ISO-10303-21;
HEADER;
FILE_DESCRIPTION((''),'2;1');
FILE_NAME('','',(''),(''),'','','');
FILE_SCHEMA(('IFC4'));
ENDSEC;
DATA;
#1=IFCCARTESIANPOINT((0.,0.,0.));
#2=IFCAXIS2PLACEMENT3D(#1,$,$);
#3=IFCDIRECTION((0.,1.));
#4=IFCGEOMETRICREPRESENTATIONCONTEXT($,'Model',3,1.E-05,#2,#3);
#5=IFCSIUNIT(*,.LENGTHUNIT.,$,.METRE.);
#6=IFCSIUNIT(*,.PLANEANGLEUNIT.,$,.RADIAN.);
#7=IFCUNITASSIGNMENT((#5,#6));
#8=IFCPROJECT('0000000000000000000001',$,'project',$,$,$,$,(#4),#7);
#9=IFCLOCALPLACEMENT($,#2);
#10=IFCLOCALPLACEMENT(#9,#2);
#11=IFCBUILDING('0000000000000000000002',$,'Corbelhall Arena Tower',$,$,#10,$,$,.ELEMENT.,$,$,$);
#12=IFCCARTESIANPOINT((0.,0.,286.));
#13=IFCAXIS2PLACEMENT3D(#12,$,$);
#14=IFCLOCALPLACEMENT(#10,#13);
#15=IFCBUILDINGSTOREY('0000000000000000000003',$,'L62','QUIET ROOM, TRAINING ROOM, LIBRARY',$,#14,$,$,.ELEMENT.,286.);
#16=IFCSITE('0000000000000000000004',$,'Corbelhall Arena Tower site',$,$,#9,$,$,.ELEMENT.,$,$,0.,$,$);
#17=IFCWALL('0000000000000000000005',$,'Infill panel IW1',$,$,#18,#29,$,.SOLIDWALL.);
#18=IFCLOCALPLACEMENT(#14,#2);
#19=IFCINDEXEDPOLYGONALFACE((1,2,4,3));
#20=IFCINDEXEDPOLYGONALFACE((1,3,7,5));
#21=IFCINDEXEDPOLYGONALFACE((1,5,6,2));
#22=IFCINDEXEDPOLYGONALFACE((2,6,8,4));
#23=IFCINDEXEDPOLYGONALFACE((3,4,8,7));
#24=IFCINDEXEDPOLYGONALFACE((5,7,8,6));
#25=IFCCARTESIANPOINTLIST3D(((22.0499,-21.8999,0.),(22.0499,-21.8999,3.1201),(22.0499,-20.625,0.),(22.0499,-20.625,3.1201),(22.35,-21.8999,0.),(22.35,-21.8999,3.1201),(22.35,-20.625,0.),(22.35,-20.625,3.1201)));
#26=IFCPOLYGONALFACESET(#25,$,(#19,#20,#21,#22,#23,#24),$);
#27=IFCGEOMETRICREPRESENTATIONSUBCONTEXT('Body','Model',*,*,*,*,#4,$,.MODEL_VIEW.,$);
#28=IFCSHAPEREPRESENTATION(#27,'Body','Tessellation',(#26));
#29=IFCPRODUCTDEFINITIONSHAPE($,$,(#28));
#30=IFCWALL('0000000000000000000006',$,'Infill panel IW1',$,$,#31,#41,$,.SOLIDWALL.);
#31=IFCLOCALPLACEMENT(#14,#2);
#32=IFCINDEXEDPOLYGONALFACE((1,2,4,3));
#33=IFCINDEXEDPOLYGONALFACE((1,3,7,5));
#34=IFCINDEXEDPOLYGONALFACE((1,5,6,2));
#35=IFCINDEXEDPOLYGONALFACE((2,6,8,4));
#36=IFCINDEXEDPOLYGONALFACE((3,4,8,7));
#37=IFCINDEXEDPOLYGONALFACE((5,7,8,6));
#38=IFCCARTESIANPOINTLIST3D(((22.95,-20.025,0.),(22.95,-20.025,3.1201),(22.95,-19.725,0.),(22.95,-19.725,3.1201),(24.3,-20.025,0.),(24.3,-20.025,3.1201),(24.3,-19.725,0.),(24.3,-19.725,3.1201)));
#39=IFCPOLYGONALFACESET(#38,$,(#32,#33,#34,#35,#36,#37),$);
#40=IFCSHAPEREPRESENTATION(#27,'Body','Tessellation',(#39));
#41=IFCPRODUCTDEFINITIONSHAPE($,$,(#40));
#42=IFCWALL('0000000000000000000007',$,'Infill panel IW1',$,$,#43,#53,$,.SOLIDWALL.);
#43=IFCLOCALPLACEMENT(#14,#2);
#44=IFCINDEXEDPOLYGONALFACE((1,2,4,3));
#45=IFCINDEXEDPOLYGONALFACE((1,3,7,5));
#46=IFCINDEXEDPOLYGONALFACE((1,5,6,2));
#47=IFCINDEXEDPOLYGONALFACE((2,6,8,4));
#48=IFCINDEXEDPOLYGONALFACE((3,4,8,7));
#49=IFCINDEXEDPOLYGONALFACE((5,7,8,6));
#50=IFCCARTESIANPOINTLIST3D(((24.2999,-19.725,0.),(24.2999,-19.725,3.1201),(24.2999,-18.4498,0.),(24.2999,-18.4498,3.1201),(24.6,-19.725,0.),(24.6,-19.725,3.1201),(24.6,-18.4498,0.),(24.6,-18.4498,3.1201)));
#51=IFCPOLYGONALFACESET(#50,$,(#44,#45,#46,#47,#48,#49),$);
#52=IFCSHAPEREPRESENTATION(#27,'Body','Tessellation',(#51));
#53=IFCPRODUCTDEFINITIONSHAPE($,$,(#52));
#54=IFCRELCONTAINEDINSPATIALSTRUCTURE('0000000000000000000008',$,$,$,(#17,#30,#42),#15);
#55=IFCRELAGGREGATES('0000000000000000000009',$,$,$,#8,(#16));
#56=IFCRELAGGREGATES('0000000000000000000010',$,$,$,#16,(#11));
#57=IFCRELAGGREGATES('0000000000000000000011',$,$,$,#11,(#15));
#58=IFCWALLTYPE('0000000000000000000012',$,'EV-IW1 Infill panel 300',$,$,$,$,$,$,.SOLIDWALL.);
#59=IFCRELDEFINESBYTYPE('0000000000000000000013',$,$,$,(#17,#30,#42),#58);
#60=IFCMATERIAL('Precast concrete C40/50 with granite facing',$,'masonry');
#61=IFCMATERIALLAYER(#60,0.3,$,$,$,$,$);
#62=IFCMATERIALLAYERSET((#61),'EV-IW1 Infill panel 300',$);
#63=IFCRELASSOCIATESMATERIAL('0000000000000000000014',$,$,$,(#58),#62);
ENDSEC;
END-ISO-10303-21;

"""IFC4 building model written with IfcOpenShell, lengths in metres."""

from ifc_helpers import new_model, si_unit, direction, frame, frame_2d, origin, place, context, subcontext, project, spatial, rectangle, extrude, material, layer, layer_set, type_object, element, save


model = new_model("IFC4")

# Units and contexts
model_context = context("Model", 3, precision=1e-05, world=origin(), true_north=direction((0.0, 1.0)))
body_context = subcontext(model_context, "Body", "Model", "MODEL_VIEW")
ifc_project = project(units=[si_unit("LENGTHUNIT", "METRE"), si_unit("PLANEANGLEUNIT", "RADIAN")], contexts=[model_context])

# Site, building, storey
site_placement = place(None, origin())
site = spatial("IfcSite", under=ifc_project, at=site_placement, Name="Corbelhall Arena Tower site", CompositionType="ELEMENT", RefElevation=0.0)
building_placement = place(site_placement, origin())
building = spatial("IfcBuilding", under=site, at=building_placement, Name="Corbelhall Arena Tower", CompositionType="ELEMENT")
storey_placement = place(building_placement, frame((0.0, 0.0, 286.0)))
storey = spatial("IfcBuildingStorey", under=building, at=storey_placement, Name="L62", Description="QUIET ROOM, TRAINING ROOM, LIBRARY", CompositionType="ELEMENT", Elevation=286.0)

# Shared definitions
ifc_material_1 = material(Name="Precast concrete C40/50 with granite facing", Category="masonry")
ifc_layer_1 = layer(ifc_material_1, 0.3)
ifc_layer_set_1 = layer_set([ifc_layer_1], Name="EV-IW1 Infill panel 300")
wall_type_1 = type_object("IfcWallType", Name="EV-IW1 Infill panel 300", PredefinedType="SOLIDWALL", material=ifc_layer_set_1)

# Walls
wall_1_placement = place(storey_placement, frame((22.2, -21.8999, 0.0), z_axis=(0.0, 0.0, 1.0), x_axis=(0.0, 1.0, 0.0)))
element("IfcWall", 1, at=wall_1_placement, inside=storey, type_object=wall_type_1, Name="Infill panel IW1", PredefinedType="SOLIDWALL", context=body_context, shape_type="SweptSolid", body=[
    extrude(rectangle(XDim=1.2749, YDim=0.3, at=frame_2d((0.6375, 0.0))), origin(), (0.0, 0.0, 1.0), 3.1201),
])
wall_2_placement = place(storey_placement, frame((22.95, -19.875, 0.0), z_axis=(0.0, 0.0, 1.0), x_axis=(1.0, 0.0, 0.0)))
element("IfcWall", 2, at=wall_2_placement, inside=storey, type_object=wall_type_1, Name="Infill panel IW1", PredefinedType="SOLIDWALL", context=body_context, shape_type="SweptSolid", body=[
    extrude(rectangle(XDim=1.3501, YDim=0.3, at=frame_2d((0.675, 0.0))), origin(), (0.0, 0.0, 1.0), 3.1201),
])
wall_3_placement = place(storey_placement, frame((24.45, -19.7251, 0.0), z_axis=(0.0, 0.0, 1.0), x_axis=(0.0, 1.0, 0.0)))
element("IfcWall", 3, at=wall_3_placement, inside=storey, type_object=wall_type_1, Name="Infill panel IW1", PredefinedType="SOLIDWALL", context=body_context, shape_type="SweptSolid", body=[
    extrude(rectangle(XDim=1.2751, YDim=0.3, at=frame_2d((0.6377, 0.0))), origin(), (0.0, 0.0, 1.0), 3.1201),
])

save(model, "model.ifc")
